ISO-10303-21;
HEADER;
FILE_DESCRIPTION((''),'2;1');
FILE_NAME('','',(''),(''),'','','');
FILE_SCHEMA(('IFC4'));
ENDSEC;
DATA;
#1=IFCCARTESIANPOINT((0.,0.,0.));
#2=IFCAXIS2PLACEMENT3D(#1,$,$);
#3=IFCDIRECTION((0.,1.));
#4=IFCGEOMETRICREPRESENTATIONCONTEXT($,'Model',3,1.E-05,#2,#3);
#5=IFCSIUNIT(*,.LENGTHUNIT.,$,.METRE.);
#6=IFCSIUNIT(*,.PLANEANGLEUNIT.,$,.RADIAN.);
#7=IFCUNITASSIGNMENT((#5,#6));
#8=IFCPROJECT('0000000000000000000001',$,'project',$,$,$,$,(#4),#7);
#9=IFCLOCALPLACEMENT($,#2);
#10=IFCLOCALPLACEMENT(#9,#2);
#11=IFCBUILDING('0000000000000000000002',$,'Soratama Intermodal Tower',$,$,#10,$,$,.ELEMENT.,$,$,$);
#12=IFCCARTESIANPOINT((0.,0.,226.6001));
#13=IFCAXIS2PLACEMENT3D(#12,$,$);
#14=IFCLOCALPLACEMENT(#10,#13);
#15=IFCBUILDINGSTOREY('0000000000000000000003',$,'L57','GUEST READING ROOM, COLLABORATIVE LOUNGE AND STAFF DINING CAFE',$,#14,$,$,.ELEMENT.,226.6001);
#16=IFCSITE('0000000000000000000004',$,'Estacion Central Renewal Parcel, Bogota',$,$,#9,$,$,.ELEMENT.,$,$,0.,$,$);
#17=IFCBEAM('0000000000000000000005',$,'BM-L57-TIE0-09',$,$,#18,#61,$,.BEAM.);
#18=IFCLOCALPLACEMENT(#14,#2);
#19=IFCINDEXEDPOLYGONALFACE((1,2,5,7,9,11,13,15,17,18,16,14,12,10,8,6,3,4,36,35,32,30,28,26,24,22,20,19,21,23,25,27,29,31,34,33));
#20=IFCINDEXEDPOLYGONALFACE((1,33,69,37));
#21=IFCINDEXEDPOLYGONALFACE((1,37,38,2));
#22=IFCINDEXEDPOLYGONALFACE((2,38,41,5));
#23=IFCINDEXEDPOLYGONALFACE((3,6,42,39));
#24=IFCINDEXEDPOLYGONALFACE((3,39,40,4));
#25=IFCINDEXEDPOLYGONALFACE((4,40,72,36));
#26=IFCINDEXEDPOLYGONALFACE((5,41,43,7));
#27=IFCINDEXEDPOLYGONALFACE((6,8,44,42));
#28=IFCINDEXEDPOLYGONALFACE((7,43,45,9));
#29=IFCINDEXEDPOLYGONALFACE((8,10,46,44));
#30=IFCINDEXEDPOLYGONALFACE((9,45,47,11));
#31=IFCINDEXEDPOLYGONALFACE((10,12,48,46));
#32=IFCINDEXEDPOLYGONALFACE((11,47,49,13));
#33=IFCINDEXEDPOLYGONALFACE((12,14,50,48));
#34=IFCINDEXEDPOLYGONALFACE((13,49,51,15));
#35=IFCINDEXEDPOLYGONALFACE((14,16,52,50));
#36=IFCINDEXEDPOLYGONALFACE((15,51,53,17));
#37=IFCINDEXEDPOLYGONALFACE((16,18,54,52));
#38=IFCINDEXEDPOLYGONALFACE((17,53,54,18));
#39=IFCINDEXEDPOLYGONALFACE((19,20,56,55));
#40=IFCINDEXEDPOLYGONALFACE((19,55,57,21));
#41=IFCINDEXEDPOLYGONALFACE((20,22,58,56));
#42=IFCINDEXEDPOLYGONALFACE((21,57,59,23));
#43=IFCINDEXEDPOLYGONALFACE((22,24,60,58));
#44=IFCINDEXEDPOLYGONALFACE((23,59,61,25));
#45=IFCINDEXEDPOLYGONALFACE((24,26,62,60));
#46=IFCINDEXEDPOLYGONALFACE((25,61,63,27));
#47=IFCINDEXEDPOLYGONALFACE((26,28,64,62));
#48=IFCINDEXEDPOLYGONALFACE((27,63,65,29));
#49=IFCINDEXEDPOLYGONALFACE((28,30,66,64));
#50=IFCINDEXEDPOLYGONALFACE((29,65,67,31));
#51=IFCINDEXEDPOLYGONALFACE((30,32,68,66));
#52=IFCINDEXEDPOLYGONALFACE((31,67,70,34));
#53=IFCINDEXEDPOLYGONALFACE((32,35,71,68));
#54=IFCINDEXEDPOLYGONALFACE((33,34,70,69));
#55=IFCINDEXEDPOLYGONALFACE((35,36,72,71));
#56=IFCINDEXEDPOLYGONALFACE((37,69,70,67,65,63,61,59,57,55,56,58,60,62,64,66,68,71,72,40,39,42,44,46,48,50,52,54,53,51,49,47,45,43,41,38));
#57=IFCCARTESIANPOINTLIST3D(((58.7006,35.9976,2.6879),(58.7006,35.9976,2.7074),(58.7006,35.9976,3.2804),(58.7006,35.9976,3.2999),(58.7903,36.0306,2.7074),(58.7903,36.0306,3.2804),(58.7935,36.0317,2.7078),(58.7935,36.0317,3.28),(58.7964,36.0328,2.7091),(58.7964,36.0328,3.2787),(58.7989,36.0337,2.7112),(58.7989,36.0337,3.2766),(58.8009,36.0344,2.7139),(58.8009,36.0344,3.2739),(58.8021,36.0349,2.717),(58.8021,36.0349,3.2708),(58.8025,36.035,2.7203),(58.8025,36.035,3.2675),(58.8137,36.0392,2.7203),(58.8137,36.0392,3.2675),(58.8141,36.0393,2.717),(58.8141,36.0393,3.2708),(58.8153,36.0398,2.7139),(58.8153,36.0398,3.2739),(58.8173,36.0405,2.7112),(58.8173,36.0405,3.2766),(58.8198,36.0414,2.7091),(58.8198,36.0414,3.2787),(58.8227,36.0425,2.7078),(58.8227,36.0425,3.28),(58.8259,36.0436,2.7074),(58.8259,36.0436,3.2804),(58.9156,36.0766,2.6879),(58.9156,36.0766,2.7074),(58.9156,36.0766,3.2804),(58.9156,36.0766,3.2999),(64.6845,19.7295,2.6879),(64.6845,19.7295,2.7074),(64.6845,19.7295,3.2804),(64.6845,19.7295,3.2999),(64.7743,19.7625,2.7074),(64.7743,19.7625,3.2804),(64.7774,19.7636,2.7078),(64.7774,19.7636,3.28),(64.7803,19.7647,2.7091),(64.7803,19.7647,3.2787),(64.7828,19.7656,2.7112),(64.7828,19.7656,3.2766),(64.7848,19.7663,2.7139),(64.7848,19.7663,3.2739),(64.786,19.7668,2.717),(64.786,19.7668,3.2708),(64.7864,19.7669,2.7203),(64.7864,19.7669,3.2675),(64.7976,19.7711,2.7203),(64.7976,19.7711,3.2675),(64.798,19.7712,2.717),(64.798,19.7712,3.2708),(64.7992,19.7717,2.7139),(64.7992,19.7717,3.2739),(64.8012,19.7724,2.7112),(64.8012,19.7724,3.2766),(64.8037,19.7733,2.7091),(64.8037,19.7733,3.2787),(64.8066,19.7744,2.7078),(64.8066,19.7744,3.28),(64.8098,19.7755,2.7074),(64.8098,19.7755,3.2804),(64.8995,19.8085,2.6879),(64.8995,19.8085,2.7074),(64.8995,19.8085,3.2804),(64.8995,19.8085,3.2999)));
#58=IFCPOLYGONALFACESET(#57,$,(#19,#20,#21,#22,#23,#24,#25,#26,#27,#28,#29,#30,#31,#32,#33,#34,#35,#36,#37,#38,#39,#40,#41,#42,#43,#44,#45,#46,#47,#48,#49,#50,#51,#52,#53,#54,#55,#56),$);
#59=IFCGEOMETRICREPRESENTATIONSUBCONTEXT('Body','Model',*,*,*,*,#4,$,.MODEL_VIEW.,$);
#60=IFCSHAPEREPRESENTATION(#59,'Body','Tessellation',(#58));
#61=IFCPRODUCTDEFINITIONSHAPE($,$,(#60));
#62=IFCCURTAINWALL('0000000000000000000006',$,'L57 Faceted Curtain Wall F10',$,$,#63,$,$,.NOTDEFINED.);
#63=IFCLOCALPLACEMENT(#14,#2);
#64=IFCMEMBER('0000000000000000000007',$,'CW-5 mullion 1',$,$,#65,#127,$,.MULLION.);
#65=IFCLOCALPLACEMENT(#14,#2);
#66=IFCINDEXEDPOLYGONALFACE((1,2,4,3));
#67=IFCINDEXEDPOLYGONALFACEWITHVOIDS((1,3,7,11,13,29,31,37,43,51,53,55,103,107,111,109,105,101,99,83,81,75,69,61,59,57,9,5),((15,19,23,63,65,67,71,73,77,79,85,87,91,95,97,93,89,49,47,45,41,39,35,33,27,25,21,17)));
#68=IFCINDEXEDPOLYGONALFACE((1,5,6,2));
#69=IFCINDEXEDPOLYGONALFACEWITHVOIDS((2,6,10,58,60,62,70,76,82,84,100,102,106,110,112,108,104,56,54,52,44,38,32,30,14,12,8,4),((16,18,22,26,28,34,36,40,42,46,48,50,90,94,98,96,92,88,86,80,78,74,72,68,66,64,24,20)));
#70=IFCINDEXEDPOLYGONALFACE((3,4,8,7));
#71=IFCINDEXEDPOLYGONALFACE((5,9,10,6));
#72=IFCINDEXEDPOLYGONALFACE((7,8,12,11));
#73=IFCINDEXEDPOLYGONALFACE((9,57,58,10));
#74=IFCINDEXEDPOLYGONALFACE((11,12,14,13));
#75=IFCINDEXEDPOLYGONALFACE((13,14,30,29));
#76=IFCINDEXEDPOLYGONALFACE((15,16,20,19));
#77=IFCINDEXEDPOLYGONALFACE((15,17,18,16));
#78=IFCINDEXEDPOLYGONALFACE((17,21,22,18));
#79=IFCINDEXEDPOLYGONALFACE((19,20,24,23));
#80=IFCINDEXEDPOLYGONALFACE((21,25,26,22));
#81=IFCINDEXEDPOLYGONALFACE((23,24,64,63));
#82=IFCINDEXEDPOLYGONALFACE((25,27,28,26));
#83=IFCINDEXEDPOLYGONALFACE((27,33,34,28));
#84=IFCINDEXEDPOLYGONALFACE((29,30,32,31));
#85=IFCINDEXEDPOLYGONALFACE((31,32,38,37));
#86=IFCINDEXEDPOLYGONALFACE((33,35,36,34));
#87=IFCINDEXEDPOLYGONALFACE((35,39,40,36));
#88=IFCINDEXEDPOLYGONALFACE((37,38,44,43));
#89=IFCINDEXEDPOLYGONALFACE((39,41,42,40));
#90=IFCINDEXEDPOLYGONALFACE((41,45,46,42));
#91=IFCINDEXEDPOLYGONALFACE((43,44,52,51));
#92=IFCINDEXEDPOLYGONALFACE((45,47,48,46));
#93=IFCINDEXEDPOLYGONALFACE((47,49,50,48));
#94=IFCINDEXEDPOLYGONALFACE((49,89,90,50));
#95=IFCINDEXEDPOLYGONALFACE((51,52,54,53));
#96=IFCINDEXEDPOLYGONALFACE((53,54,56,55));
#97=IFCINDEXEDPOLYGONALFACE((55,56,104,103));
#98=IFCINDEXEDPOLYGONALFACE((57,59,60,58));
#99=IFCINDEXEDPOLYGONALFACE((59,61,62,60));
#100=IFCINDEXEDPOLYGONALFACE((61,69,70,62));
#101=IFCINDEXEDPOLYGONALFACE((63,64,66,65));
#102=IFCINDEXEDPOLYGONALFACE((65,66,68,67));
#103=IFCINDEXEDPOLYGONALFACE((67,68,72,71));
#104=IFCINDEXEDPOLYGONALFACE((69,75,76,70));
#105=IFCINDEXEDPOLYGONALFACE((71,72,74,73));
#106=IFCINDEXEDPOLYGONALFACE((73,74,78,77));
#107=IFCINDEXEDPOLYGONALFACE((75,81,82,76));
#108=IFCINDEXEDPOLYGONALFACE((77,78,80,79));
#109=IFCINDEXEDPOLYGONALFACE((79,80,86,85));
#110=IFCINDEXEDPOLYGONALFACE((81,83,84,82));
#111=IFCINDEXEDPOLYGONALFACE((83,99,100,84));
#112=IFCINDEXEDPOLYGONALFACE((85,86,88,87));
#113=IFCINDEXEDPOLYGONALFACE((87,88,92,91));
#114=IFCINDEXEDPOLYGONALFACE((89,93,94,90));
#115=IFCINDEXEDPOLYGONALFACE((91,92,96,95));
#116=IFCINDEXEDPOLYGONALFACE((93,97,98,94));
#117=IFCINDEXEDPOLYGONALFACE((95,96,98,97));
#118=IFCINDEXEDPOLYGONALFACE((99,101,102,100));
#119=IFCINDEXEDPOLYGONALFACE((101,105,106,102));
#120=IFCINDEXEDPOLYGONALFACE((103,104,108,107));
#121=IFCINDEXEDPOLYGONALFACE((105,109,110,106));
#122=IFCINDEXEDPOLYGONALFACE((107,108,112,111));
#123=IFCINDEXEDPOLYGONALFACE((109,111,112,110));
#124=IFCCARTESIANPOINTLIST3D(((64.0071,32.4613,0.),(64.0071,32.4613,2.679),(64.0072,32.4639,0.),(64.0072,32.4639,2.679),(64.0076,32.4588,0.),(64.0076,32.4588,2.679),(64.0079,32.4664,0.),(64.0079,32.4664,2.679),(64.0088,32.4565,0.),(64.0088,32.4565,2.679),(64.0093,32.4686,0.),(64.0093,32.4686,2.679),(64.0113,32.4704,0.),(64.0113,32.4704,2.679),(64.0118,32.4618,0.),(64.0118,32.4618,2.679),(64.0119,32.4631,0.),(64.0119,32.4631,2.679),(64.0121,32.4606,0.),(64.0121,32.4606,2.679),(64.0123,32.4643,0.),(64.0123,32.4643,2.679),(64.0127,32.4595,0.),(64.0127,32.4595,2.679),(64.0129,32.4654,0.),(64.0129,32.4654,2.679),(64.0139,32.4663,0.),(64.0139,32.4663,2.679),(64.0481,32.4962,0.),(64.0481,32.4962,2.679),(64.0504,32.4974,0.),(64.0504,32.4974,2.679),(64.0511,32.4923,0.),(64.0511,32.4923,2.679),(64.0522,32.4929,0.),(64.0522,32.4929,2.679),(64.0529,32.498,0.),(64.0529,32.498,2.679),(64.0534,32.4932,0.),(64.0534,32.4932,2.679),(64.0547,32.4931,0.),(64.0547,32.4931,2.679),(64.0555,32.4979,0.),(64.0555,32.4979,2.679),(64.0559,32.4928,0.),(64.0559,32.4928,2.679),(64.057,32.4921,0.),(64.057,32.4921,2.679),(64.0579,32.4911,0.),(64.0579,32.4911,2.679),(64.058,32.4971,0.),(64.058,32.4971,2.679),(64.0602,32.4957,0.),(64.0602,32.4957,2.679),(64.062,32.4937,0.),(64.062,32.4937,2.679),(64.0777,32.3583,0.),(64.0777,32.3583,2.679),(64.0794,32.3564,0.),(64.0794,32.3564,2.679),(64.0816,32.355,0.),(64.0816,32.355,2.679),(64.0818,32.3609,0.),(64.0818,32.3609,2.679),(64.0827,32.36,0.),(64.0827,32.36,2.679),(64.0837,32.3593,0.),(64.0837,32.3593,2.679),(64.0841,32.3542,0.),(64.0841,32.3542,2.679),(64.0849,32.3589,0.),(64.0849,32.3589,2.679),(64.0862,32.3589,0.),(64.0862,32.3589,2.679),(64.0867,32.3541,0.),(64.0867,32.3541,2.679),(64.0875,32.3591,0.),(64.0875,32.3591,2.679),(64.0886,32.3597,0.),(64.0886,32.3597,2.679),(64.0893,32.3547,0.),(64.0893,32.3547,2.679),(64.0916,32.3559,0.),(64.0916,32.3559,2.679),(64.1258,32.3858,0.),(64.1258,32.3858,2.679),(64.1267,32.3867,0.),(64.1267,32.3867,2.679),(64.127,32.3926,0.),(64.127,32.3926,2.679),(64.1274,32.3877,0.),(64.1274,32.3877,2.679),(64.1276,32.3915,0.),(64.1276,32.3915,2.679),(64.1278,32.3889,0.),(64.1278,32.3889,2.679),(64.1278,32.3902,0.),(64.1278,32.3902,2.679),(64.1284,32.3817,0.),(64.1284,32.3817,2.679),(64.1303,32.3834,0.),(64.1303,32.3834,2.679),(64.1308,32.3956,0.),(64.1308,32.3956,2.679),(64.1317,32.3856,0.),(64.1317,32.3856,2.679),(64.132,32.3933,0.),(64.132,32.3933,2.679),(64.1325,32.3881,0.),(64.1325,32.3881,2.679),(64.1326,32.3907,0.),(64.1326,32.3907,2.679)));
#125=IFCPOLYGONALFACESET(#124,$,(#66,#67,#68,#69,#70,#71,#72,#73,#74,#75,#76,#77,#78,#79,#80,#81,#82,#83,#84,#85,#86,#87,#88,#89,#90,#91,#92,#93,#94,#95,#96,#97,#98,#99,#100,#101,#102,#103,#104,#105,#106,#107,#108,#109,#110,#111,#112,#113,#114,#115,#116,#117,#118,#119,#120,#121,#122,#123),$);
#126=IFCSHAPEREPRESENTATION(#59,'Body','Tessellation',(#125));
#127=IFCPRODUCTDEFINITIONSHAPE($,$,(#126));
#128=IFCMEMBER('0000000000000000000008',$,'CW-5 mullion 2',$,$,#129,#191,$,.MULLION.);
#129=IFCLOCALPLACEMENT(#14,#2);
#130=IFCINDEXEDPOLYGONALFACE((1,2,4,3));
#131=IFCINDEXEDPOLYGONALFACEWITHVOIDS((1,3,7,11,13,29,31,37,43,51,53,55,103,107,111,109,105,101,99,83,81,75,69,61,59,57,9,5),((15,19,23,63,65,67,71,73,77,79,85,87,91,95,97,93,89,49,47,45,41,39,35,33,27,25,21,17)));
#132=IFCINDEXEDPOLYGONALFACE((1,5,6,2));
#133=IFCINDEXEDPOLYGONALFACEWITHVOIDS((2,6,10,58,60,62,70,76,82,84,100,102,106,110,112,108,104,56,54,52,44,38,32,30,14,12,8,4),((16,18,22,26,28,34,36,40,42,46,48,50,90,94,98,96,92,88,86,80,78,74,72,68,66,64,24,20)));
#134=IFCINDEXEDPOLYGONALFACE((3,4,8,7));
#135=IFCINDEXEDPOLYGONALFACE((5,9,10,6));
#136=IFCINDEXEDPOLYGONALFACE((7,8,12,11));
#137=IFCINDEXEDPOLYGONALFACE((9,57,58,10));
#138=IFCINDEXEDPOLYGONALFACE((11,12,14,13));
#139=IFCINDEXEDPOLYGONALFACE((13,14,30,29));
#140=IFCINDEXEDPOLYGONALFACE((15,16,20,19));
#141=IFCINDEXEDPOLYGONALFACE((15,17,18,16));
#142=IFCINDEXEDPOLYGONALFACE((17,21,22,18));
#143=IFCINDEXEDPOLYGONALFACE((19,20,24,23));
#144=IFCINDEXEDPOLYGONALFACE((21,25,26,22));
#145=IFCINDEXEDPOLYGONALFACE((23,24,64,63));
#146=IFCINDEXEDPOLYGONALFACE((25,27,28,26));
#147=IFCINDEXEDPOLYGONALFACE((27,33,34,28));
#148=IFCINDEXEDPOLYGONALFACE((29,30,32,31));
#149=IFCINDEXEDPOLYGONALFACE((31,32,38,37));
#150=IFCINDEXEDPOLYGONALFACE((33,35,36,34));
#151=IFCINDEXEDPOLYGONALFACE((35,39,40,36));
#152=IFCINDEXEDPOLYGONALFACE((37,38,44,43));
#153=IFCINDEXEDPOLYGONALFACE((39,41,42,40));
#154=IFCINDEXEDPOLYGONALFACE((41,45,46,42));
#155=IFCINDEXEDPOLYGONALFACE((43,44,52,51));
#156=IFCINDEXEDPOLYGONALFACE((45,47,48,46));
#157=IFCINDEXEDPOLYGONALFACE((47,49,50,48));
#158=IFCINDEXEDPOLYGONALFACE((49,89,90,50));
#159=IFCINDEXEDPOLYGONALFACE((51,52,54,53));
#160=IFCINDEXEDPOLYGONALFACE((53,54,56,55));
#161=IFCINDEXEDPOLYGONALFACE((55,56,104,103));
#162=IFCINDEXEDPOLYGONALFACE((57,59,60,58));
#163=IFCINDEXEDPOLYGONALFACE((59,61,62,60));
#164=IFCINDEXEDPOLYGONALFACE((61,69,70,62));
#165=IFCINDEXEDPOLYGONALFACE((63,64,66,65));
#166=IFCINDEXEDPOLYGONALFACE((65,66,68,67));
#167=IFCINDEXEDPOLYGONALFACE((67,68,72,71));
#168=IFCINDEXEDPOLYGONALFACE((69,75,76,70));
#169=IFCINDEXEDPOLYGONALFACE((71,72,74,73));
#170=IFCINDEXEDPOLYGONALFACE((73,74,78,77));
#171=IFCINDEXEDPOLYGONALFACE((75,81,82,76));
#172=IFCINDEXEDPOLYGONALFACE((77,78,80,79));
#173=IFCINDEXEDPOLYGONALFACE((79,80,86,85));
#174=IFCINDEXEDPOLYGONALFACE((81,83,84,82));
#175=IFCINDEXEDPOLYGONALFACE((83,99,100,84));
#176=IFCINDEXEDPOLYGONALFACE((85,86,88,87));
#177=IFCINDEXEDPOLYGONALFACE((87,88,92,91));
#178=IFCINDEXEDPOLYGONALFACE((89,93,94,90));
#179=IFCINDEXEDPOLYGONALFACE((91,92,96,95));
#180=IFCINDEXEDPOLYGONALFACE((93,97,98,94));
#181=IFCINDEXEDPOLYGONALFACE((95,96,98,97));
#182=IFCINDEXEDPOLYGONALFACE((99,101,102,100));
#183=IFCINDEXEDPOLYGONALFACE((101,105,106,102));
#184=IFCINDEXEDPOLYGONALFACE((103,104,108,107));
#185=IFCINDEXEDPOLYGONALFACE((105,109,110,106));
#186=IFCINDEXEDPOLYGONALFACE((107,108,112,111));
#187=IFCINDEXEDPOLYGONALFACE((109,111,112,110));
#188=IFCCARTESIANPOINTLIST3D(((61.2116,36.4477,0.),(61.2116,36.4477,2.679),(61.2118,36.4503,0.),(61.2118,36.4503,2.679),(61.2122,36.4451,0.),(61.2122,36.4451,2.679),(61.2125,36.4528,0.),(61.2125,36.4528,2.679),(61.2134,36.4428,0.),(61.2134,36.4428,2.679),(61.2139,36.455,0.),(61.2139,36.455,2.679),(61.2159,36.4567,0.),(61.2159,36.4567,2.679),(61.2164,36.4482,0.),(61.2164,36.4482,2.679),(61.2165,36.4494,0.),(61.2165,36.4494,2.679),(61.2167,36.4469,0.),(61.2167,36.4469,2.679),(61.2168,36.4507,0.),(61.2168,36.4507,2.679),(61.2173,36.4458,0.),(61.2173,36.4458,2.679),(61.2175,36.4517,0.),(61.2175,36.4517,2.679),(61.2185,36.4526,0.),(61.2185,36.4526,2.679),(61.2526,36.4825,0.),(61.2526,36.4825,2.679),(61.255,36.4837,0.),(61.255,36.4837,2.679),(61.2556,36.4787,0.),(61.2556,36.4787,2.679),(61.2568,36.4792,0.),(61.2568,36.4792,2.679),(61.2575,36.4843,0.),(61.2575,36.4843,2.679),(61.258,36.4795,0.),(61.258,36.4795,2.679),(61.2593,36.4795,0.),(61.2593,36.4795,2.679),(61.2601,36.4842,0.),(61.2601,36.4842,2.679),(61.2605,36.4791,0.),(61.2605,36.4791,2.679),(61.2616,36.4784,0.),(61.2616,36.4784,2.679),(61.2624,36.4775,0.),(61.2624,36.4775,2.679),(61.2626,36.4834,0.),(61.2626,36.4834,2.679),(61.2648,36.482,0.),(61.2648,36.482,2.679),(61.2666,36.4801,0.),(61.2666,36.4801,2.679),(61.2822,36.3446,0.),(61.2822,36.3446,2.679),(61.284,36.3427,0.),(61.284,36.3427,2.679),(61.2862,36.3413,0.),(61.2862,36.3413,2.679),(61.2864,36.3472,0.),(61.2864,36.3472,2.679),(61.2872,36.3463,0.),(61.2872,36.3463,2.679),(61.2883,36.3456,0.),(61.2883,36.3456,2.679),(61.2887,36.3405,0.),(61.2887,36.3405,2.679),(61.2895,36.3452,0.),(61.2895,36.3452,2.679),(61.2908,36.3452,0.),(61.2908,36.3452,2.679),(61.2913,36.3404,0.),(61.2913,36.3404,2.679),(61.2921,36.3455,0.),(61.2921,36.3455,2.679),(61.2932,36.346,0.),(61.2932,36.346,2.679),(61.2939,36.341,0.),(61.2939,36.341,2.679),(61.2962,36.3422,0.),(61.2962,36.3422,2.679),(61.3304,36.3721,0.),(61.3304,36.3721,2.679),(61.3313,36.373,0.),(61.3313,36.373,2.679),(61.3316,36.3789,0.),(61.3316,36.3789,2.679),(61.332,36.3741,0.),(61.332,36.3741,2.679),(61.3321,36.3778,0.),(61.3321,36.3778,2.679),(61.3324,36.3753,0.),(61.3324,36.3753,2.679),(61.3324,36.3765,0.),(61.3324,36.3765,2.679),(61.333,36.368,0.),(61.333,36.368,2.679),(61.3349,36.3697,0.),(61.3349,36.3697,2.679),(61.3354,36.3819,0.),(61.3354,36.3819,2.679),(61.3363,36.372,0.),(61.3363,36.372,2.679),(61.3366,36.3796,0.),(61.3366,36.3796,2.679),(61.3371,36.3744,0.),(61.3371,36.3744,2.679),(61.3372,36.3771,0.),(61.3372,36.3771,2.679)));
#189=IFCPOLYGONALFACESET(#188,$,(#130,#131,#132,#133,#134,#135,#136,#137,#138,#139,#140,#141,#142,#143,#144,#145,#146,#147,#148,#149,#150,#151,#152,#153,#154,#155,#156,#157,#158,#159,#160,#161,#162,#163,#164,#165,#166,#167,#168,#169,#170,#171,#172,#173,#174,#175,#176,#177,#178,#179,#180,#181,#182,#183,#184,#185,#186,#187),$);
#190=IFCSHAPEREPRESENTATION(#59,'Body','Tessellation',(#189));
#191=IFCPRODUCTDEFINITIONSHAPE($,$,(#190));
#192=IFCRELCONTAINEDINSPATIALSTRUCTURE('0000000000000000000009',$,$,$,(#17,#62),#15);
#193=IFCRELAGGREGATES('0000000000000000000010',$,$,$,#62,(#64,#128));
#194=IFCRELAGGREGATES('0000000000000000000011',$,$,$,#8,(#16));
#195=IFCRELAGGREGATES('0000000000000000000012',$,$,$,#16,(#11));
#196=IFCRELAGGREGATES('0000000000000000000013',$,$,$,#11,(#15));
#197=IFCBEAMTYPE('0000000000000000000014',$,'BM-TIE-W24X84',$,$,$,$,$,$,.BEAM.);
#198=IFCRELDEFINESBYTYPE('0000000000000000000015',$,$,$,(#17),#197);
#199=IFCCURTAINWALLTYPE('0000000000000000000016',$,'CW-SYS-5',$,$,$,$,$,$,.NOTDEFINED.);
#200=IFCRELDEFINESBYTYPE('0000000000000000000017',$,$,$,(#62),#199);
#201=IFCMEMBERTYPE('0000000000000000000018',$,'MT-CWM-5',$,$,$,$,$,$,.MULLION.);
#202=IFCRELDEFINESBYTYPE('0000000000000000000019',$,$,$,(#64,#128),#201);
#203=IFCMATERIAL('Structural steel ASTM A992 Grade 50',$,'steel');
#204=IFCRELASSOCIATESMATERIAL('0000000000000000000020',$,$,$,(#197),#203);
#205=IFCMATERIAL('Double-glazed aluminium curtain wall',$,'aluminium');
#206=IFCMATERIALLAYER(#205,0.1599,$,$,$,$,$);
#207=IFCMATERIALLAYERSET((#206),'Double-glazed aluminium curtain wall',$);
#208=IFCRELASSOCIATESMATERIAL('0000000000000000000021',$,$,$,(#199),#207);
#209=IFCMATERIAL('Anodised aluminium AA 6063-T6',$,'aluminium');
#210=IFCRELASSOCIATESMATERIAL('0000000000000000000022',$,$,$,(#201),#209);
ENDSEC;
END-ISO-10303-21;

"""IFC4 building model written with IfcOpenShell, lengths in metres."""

from ifc_helpers import new_model, si_unit, direction, frame, origin, origin_2d, place, context, subcontext, project, spatial, hollow_rectangle, i_section, extrude, material, layer, layer_set, material_profile, profile_set, type_object, element, aggregate, save


model = new_model("IFC4")

# Units and contexts
model_context = context("Model", 3, precision=1e-05, world=origin(), true_north=direction((0.0, 1.0)))
body_context = subcontext(model_context, "Body", "Model", "MODEL_VIEW")
ifc_project = project(units=[si_unit("LENGTHUNIT", "METRE"), si_unit("PLANEANGLEUNIT", "RADIAN")], contexts=[model_context])

# Site, building, storey
site_placement = place(None, origin())
site = spatial("IfcSite", under=ifc_project, at=site_placement, Name="Estacion Central Renewal Parcel, Bogota", CompositionType="ELEMENT", RefElevation=0.0)
building_placement = place(site_placement, origin())
building = spatial("IfcBuilding", under=site, at=building_placement, Name="Soratama Intermodal Tower", CompositionType="ELEMENT")
storey_placement = place(building_placement, frame((0.0, 0.0, 226.6001)))
storey = spatial("IfcBuildingStorey", under=building, at=storey_placement, Name="L57", Description="GUEST READING ROOM, COLLABORATIVE LOUNGE AND STAFF DINING CAFE", CompositionType="ELEMENT", Elevation=226.6001)

# Beam
ifc_material_1 = material(Name="Structural steel ASTM A992 Grade 50", Category="steel")
ifc_material_profile_1 = material_profile(ifc_material_1, i_section(OverallWidth=0.229, OverallDepth=0.6121, WebThickness=0.012, FlangeThickness=0.0195, FilletRadius=0.0129, at=origin_2d()), Name="W24X84")
ifc_profile_set_1 = profile_set([ifc_material_profile_1], Name="Structural steel ASTM A992 Grade 50")
beam_type_1 = type_object("IfcBeamType", Name="BM-TIE-W24X84", PredefinedType="BEAM", material=ifc_profile_set_1)
beam_1_placement = place(storey_placement, frame((58.8081, 36.0371, 2.9939), z_axis=(0.345217, -0.938523, 0.0), x_axis=(0.938523, 0.345217, 0.0)))
element("IfcBeam", 1, at=beam_1_placement, inside=storey, type_object=beam_type_1, Name="BM-L57-TIE0-09", PredefinedType="BEAM", context=body_context, shape_type="SweptSolid", body=[
    extrude(i_section(OverallWidth=0.229, OverallDepth=0.6121, WebThickness=0.012, FlangeThickness=0.0195, FilletRadius=0.0129, at=origin_2d()), origin(), (0.0, 0.0, 1.0), 17.3337),
])

# Curtain wall, members
ifc_material_2 = material(Name="Double-glazed aluminium curtain wall", Category="aluminium")
ifc_layer_1 = layer(ifc_material_2, 0.1599)
ifc_layer_set_1 = layer_set([ifc_layer_1], Name="Double-glazed aluminium curtain wall")
curtain_wall_type = type_object("IfcCurtainWallType", Name="CW-SYS-5", PredefinedType="NOTDEFINED", material=ifc_layer_set_1)
curtain_wall_placement = place(storey_placement, origin())
curtain_wall = element("IfcCurtainWall", 2, at=curtain_wall_placement, inside=storey, type_object=curtain_wall_type, Name="L57 Faceted Curtain Wall F10", PredefinedType="NOTDEFINED")
ifc_material_3 = material(Name="Anodised aluminium AA 6063-T6", Category="aluminium")
ifc_material_profile_2 = material_profile(ifc_material_3, hollow_rectangle(XDim=0.0649, YDim=0.1399, WallThickness=0.0049, InnerFilletRadius=0.0049, OuterFilletRadius=0.01, at=origin_2d()), Name="CWM140X65X5")
ifc_profile_set_2 = profile_set([ifc_material_profile_2], Name="Anodised aluminium AA 6063-T6")
member_type_1 = type_object("IfcMemberType", Name="MT-CWM-5", PredefinedType="MULLION", material=ifc_profile_set_2)
member_1_placement = place(storey_placement, frame((64.0698, 32.426, 0.0), z_axis=(0.0, 0.0, 1.0), x_axis=(-0.81875, -0.57415, 0.0)))
member_1 = element("IfcMember", 3, at=member_1_placement, type_object=member_type_1, Name="CW-5 mullion 1", PredefinedType="MULLION", context=body_context, shape_type="SweptSolid", body=[
    extrude(hollow_rectangle(XDim=0.0649, YDim=0.1399, WallThickness=0.0049, InnerFilletRadius=0.0049, OuterFilletRadius=0.01, at=origin_2d()), origin(), (0.0, 0.0, 1.0), 2.679),
])
member_2_placement = place(storey_placement, frame((61.2744, 36.4124, 0.0), z_axis=(0.0, 0.0, 1.0), x_axis=(-0.81875, -0.57415, 0.0)))
member_2 = element("IfcMember", 4, at=member_2_placement, type_object=member_type_1, Name="CW-5 mullion 2", PredefinedType="MULLION", context=body_context, shape_type="SweptSolid", body=[
    extrude(hollow_rectangle(XDim=0.0649, YDim=0.1399, WallThickness=0.0049, InnerFilletRadius=0.0049, OuterFilletRadius=0.01, at=origin_2d()), origin(), (0.0, 0.0, 1.0), 2.679),
])
aggregate(curtain_wall, [member_1, member_2])

save(model, "model.ifc")
